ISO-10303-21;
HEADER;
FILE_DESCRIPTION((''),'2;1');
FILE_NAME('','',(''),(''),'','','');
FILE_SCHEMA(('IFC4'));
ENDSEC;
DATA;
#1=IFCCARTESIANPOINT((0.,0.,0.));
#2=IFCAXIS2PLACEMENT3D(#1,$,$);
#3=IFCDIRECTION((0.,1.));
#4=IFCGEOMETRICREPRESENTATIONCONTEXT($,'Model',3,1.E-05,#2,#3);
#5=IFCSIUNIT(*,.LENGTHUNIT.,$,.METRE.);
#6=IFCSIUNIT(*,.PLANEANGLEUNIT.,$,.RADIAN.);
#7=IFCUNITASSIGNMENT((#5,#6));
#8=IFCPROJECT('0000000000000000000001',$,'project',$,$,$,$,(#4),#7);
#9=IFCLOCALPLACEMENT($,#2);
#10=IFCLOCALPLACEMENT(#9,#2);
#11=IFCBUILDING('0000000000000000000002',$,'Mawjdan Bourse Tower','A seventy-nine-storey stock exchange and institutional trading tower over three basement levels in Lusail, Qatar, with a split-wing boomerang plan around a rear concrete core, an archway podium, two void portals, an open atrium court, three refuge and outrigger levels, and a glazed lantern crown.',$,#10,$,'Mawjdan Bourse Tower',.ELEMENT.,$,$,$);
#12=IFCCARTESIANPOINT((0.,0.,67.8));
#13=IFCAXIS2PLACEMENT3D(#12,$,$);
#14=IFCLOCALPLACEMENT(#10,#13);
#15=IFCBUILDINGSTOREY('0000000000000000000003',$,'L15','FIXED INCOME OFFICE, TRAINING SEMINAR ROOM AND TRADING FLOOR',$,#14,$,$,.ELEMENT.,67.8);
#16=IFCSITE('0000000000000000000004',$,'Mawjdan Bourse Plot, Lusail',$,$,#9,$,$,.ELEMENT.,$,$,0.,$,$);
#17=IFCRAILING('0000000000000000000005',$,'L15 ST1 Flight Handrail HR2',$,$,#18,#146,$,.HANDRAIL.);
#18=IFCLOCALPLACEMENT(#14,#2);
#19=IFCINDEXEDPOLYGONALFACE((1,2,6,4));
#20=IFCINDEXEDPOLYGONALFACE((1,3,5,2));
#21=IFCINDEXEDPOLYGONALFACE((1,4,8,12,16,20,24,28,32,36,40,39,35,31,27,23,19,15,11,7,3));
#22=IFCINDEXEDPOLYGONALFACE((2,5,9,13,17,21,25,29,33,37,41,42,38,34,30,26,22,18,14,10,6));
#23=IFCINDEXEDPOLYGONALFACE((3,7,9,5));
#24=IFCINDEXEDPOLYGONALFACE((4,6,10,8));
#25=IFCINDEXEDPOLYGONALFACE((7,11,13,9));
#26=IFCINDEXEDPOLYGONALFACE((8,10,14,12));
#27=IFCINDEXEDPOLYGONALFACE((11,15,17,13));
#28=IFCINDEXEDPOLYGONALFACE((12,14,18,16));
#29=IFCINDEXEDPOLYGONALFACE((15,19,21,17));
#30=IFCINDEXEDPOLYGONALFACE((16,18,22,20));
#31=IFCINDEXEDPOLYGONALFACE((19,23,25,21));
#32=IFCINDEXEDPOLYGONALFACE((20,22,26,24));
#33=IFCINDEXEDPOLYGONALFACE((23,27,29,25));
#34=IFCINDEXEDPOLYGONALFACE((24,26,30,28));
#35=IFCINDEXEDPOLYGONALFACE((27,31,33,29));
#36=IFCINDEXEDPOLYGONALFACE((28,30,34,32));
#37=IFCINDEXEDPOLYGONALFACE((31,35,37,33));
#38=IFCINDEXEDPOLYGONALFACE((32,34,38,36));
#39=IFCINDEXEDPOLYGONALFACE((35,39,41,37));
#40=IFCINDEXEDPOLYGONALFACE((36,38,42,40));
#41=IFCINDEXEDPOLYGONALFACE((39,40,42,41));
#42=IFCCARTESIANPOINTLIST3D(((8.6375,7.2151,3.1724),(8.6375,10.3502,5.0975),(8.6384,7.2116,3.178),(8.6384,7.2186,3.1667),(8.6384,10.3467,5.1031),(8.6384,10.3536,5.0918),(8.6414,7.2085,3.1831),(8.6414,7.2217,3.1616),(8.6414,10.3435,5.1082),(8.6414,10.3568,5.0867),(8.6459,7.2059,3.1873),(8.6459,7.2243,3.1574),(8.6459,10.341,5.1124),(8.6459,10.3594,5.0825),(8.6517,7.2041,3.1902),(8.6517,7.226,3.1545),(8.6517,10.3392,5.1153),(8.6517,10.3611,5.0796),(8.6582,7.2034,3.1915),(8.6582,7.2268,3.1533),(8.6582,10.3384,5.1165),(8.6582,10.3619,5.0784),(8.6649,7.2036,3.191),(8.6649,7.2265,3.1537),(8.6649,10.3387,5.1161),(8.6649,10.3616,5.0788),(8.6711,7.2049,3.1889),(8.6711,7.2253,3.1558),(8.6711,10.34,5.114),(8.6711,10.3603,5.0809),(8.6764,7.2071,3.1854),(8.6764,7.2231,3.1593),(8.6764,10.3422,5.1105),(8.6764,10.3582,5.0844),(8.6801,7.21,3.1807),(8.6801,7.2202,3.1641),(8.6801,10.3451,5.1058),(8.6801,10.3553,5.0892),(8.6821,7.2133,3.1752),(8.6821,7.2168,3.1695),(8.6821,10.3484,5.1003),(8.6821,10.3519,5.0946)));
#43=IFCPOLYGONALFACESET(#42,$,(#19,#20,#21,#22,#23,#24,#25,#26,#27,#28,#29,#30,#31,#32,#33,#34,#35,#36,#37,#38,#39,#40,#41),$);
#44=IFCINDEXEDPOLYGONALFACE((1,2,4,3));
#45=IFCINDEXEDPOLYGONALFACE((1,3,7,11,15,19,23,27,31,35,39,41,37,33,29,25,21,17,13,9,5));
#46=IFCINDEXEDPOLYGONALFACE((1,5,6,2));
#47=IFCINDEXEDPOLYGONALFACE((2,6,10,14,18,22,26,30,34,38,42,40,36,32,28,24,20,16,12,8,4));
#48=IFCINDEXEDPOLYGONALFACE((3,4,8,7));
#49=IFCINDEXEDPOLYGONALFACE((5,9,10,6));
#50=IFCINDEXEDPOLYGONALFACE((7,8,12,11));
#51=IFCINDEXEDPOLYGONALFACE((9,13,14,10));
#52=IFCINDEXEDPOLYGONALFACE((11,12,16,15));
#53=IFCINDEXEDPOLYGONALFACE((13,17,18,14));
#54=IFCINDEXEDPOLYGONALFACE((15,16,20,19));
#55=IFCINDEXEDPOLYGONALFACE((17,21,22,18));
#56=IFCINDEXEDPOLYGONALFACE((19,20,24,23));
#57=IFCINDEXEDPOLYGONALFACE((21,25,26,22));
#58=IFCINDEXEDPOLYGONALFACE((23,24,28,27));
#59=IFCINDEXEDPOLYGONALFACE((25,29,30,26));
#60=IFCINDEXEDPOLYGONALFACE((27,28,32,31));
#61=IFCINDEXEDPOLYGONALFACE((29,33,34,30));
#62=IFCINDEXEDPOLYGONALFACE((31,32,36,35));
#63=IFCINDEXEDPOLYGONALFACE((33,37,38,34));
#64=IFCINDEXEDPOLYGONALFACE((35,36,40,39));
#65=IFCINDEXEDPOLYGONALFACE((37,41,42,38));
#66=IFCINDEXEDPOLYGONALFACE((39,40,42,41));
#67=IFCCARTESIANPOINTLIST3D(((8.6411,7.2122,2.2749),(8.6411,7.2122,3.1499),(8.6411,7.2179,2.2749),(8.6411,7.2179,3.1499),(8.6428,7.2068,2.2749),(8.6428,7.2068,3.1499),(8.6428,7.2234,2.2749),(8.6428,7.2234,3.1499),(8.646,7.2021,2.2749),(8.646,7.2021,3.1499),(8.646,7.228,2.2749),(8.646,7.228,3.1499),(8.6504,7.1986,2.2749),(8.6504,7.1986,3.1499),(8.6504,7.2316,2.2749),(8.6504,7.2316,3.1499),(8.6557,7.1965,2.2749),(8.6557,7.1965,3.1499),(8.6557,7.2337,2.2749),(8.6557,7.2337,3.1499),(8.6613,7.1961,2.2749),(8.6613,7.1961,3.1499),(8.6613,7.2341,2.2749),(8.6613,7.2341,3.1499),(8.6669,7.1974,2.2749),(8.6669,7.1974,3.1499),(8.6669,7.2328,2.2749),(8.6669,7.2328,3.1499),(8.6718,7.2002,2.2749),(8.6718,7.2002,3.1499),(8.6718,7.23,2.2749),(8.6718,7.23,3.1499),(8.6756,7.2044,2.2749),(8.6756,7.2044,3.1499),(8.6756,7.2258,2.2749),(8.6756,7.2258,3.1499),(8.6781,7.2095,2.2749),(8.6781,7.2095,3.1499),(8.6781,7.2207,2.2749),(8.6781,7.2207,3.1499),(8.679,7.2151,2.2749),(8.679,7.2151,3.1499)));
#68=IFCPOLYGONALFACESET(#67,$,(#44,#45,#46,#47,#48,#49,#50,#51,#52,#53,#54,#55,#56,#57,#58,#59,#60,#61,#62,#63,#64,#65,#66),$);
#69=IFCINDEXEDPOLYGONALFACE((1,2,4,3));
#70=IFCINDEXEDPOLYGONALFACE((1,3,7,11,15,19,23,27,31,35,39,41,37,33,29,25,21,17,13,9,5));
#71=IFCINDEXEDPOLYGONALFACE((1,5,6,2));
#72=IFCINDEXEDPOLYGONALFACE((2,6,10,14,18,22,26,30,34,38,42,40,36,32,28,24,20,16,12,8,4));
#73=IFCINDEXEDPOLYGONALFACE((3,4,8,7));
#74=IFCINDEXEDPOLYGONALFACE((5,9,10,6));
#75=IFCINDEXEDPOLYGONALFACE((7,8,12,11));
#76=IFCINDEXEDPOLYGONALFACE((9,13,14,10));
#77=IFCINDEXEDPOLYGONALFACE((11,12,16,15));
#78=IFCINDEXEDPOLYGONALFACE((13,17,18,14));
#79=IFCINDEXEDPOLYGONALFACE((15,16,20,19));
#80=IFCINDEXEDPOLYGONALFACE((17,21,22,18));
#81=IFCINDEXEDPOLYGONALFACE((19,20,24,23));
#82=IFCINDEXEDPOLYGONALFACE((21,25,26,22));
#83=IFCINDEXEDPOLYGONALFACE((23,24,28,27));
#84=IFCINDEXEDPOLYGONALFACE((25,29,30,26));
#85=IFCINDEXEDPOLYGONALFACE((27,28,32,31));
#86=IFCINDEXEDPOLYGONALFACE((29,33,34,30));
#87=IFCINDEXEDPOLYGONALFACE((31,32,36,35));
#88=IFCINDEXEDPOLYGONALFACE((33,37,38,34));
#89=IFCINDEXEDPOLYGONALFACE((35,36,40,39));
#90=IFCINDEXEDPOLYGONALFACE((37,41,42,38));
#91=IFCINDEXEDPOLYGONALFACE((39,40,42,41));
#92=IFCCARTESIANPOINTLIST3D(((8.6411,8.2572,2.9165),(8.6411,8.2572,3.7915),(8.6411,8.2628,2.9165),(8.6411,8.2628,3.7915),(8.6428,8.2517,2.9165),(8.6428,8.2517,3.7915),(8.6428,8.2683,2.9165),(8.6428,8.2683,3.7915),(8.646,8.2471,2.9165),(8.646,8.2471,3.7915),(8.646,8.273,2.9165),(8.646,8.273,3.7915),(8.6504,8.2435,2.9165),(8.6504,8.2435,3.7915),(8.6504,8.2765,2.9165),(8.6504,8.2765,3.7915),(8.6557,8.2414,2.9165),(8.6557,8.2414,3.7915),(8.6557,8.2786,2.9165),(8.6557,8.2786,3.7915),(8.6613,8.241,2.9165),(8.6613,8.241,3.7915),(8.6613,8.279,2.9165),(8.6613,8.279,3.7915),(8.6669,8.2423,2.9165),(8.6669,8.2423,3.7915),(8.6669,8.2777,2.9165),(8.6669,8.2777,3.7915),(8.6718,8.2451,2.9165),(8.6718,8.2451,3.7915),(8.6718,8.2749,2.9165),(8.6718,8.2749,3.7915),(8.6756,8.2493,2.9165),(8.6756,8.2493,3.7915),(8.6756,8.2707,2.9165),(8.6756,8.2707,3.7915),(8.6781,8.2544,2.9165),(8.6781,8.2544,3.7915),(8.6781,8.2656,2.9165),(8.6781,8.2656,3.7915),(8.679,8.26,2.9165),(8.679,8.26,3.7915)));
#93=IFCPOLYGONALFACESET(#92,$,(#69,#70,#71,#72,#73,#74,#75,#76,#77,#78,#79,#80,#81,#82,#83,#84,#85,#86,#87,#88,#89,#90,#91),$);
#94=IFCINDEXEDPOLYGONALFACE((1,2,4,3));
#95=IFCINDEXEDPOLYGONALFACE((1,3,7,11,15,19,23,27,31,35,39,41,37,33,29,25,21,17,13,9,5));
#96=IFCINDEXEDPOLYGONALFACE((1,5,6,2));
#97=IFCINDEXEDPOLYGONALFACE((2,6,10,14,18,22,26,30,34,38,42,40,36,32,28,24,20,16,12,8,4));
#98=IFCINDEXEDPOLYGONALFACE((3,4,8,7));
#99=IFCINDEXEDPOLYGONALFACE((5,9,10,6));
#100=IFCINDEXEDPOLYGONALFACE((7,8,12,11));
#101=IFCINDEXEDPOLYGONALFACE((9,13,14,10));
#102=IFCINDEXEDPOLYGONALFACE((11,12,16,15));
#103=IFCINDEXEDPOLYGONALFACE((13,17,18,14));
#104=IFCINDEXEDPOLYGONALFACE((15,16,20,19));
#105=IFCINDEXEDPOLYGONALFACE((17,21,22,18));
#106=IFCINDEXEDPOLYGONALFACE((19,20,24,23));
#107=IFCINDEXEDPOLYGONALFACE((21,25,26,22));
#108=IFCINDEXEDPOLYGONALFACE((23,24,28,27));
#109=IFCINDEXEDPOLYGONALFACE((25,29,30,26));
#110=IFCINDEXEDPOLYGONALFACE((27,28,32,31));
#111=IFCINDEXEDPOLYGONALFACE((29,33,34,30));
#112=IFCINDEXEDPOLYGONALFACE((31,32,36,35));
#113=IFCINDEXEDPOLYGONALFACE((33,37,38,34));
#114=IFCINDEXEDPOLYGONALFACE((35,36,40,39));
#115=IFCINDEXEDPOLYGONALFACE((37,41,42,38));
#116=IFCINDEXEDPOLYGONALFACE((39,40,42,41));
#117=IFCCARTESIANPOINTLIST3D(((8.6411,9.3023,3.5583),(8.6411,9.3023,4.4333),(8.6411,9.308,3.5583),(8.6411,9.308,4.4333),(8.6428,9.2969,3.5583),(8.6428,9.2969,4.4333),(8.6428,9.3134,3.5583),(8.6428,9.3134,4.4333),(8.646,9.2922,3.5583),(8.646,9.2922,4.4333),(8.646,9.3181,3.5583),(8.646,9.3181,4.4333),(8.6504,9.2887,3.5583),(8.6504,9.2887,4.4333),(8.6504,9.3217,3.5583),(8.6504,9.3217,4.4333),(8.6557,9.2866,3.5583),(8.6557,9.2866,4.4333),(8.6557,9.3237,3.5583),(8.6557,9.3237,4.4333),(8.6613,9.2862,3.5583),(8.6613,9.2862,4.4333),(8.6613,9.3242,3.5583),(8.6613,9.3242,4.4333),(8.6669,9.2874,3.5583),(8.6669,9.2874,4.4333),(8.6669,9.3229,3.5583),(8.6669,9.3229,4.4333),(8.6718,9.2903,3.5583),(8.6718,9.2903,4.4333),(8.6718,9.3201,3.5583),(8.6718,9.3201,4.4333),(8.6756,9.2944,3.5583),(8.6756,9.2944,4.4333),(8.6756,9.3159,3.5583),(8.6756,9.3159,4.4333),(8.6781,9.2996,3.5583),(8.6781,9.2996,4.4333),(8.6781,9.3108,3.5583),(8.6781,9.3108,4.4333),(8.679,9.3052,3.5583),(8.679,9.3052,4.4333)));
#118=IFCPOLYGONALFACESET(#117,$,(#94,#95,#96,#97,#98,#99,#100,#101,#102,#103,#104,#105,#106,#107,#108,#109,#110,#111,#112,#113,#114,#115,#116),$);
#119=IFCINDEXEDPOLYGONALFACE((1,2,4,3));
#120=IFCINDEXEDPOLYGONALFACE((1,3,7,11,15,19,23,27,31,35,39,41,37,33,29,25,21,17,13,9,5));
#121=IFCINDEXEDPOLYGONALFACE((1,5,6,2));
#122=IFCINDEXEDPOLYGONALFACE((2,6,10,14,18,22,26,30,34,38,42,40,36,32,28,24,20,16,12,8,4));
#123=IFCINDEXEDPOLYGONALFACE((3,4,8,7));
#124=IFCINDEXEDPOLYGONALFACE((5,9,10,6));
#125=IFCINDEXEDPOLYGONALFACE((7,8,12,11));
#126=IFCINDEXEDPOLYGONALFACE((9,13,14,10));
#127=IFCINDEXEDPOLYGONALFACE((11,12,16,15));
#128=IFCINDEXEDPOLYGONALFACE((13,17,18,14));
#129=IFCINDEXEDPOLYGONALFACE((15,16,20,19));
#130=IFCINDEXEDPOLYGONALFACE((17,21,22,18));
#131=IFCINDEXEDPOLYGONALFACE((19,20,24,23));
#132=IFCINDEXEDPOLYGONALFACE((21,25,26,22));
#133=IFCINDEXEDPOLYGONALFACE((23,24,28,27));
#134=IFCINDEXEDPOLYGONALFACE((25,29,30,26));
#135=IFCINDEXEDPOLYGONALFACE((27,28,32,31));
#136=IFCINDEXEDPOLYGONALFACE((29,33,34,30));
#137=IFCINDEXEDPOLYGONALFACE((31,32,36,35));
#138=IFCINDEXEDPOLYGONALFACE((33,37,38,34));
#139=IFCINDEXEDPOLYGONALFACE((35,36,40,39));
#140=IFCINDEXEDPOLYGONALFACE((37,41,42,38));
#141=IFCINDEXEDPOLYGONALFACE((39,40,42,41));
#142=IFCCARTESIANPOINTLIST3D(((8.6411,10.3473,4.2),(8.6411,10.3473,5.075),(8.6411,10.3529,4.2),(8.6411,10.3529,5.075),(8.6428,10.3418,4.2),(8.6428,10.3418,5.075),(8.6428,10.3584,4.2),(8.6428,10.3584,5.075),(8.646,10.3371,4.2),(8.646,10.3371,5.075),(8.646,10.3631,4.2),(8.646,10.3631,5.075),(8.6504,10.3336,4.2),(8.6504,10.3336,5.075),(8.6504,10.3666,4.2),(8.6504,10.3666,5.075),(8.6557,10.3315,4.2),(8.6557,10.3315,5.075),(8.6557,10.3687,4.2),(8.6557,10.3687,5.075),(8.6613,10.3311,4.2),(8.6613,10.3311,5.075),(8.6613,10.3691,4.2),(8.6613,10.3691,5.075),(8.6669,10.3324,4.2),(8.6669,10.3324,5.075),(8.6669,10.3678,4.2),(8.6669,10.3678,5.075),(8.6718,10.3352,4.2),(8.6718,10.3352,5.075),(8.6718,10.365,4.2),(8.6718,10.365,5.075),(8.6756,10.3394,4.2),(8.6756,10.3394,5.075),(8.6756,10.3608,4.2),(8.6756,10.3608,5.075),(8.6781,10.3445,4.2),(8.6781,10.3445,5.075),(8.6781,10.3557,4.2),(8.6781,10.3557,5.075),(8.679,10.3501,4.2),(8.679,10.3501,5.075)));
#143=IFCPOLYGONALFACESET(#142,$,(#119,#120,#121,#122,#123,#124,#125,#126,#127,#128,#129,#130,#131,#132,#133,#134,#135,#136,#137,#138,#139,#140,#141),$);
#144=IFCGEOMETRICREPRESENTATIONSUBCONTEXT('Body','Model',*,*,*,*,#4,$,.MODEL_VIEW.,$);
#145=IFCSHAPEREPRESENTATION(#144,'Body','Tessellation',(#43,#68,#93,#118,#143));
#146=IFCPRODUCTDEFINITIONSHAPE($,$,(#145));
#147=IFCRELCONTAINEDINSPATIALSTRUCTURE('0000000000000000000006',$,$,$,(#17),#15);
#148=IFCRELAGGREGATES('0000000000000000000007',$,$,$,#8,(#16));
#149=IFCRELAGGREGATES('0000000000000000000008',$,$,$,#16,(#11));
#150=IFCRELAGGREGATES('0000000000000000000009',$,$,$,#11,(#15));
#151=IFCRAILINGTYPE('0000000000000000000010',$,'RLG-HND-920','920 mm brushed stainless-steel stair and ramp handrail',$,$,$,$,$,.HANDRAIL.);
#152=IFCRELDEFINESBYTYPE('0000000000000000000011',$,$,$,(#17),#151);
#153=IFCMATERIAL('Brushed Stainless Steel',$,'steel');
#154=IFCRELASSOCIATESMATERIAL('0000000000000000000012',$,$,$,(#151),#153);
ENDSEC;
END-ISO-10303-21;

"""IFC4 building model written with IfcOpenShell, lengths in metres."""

from ifc_helpers import new_model, si_unit, direction, frame, origin, origin_2d, place, context, subcontext, project, spatial, circle, extrude, material, type_object, element, save


model = new_model("IFC4")

# Units and contexts
model_context = context("Model", 3, precision=1e-05, world=origin(), true_north=direction((0.0, 1.0)))
body_context = subcontext(model_context, "Body", "Model", "MODEL_VIEW")
ifc_project = project(units=[si_unit("LENGTHUNIT", "METRE"), si_unit("PLANEANGLEUNIT", "RADIAN")], contexts=[model_context])

# Site, building, storey
site_placement = place(None, origin())
site = spatial("IfcSite", under=ifc_project, at=site_placement, Name="Mawjdan Bourse Plot, Lusail", CompositionType="ELEMENT", RefElevation=0.0)
building_placement = place(site_placement, origin())
building = spatial("IfcBuilding", under=site, at=building_placement, Name="Mawjdan Bourse Tower", Description="A seventy-nine-storey stock exchange and institutional trading tower over three basement levels in Lusail, Qatar, with a split-wing boomerang plan around a rear concrete core, an archway podium, two void portals, an open atrium court, three refuge and outrigger levels, and a glazed lantern crown.", LongName="Mawjdan Bourse Tower", CompositionType="ELEMENT")
storey_placement = place(building_placement, frame((0.0, 0.0, 67.8)))
storey = spatial("IfcBuildingStorey", under=building, at=storey_placement, Name="L15", Description="FIXED INCOME OFFICE, TRAINING SEMINAR ROOM AND TRADING FLOOR", CompositionType="ELEMENT", Elevation=67.8)

# Railing
ifc_material_1 = material(Name="Brushed Stainless Steel", Category="steel")
railing_type_1 = type_object("IfcRailingType", Name="RLG-HND-920", Description="920 mm brushed stainless-steel stair and ramp handrail", PredefinedType="HANDRAIL", material=ifc_material_1)
railing_1_placement = place(storey_placement, frame((8.6599, 7.2151, 2.2749)))
element("IfcRailing", 1, at=railing_1_placement, inside=storey, type_object=railing_type_1, Name="L15 ST1 Flight Handrail HR2", PredefinedType="HANDRAIL", context=body_context, shape_type="SweptSolid", body=[
    extrude(circle(Radius=0.0225, at=origin_2d()), frame((0.0, 0.0, 0.8975), z_axis=(0.0, 0.852166, 0.523271), x_axis=(-1.0, 0.0, 0.0)), (0.0, 0.0, 1.0), 3.679),
    extrude(circle(Radius=0.019, at=origin_2d()), origin(), (0.0, 0.0, 1.0), 0.875),
    extrude(circle(Radius=0.019, at=origin_2d()), frame((0.0, 1.0449, 0.6416)), (0.0, 0.0, 1.0), 0.875),
    extrude(circle(Radius=0.019, at=origin_2d()), frame((0.0, 2.0901, 1.2834)), (0.0, 0.0, 1.0), 0.875),
    extrude(circle(Radius=0.019, at=origin_2d()), frame((0.0, 3.135, 1.925)), (0.0, 0.0, 1.0), 0.875),
])

save(model, "model.ifc")
